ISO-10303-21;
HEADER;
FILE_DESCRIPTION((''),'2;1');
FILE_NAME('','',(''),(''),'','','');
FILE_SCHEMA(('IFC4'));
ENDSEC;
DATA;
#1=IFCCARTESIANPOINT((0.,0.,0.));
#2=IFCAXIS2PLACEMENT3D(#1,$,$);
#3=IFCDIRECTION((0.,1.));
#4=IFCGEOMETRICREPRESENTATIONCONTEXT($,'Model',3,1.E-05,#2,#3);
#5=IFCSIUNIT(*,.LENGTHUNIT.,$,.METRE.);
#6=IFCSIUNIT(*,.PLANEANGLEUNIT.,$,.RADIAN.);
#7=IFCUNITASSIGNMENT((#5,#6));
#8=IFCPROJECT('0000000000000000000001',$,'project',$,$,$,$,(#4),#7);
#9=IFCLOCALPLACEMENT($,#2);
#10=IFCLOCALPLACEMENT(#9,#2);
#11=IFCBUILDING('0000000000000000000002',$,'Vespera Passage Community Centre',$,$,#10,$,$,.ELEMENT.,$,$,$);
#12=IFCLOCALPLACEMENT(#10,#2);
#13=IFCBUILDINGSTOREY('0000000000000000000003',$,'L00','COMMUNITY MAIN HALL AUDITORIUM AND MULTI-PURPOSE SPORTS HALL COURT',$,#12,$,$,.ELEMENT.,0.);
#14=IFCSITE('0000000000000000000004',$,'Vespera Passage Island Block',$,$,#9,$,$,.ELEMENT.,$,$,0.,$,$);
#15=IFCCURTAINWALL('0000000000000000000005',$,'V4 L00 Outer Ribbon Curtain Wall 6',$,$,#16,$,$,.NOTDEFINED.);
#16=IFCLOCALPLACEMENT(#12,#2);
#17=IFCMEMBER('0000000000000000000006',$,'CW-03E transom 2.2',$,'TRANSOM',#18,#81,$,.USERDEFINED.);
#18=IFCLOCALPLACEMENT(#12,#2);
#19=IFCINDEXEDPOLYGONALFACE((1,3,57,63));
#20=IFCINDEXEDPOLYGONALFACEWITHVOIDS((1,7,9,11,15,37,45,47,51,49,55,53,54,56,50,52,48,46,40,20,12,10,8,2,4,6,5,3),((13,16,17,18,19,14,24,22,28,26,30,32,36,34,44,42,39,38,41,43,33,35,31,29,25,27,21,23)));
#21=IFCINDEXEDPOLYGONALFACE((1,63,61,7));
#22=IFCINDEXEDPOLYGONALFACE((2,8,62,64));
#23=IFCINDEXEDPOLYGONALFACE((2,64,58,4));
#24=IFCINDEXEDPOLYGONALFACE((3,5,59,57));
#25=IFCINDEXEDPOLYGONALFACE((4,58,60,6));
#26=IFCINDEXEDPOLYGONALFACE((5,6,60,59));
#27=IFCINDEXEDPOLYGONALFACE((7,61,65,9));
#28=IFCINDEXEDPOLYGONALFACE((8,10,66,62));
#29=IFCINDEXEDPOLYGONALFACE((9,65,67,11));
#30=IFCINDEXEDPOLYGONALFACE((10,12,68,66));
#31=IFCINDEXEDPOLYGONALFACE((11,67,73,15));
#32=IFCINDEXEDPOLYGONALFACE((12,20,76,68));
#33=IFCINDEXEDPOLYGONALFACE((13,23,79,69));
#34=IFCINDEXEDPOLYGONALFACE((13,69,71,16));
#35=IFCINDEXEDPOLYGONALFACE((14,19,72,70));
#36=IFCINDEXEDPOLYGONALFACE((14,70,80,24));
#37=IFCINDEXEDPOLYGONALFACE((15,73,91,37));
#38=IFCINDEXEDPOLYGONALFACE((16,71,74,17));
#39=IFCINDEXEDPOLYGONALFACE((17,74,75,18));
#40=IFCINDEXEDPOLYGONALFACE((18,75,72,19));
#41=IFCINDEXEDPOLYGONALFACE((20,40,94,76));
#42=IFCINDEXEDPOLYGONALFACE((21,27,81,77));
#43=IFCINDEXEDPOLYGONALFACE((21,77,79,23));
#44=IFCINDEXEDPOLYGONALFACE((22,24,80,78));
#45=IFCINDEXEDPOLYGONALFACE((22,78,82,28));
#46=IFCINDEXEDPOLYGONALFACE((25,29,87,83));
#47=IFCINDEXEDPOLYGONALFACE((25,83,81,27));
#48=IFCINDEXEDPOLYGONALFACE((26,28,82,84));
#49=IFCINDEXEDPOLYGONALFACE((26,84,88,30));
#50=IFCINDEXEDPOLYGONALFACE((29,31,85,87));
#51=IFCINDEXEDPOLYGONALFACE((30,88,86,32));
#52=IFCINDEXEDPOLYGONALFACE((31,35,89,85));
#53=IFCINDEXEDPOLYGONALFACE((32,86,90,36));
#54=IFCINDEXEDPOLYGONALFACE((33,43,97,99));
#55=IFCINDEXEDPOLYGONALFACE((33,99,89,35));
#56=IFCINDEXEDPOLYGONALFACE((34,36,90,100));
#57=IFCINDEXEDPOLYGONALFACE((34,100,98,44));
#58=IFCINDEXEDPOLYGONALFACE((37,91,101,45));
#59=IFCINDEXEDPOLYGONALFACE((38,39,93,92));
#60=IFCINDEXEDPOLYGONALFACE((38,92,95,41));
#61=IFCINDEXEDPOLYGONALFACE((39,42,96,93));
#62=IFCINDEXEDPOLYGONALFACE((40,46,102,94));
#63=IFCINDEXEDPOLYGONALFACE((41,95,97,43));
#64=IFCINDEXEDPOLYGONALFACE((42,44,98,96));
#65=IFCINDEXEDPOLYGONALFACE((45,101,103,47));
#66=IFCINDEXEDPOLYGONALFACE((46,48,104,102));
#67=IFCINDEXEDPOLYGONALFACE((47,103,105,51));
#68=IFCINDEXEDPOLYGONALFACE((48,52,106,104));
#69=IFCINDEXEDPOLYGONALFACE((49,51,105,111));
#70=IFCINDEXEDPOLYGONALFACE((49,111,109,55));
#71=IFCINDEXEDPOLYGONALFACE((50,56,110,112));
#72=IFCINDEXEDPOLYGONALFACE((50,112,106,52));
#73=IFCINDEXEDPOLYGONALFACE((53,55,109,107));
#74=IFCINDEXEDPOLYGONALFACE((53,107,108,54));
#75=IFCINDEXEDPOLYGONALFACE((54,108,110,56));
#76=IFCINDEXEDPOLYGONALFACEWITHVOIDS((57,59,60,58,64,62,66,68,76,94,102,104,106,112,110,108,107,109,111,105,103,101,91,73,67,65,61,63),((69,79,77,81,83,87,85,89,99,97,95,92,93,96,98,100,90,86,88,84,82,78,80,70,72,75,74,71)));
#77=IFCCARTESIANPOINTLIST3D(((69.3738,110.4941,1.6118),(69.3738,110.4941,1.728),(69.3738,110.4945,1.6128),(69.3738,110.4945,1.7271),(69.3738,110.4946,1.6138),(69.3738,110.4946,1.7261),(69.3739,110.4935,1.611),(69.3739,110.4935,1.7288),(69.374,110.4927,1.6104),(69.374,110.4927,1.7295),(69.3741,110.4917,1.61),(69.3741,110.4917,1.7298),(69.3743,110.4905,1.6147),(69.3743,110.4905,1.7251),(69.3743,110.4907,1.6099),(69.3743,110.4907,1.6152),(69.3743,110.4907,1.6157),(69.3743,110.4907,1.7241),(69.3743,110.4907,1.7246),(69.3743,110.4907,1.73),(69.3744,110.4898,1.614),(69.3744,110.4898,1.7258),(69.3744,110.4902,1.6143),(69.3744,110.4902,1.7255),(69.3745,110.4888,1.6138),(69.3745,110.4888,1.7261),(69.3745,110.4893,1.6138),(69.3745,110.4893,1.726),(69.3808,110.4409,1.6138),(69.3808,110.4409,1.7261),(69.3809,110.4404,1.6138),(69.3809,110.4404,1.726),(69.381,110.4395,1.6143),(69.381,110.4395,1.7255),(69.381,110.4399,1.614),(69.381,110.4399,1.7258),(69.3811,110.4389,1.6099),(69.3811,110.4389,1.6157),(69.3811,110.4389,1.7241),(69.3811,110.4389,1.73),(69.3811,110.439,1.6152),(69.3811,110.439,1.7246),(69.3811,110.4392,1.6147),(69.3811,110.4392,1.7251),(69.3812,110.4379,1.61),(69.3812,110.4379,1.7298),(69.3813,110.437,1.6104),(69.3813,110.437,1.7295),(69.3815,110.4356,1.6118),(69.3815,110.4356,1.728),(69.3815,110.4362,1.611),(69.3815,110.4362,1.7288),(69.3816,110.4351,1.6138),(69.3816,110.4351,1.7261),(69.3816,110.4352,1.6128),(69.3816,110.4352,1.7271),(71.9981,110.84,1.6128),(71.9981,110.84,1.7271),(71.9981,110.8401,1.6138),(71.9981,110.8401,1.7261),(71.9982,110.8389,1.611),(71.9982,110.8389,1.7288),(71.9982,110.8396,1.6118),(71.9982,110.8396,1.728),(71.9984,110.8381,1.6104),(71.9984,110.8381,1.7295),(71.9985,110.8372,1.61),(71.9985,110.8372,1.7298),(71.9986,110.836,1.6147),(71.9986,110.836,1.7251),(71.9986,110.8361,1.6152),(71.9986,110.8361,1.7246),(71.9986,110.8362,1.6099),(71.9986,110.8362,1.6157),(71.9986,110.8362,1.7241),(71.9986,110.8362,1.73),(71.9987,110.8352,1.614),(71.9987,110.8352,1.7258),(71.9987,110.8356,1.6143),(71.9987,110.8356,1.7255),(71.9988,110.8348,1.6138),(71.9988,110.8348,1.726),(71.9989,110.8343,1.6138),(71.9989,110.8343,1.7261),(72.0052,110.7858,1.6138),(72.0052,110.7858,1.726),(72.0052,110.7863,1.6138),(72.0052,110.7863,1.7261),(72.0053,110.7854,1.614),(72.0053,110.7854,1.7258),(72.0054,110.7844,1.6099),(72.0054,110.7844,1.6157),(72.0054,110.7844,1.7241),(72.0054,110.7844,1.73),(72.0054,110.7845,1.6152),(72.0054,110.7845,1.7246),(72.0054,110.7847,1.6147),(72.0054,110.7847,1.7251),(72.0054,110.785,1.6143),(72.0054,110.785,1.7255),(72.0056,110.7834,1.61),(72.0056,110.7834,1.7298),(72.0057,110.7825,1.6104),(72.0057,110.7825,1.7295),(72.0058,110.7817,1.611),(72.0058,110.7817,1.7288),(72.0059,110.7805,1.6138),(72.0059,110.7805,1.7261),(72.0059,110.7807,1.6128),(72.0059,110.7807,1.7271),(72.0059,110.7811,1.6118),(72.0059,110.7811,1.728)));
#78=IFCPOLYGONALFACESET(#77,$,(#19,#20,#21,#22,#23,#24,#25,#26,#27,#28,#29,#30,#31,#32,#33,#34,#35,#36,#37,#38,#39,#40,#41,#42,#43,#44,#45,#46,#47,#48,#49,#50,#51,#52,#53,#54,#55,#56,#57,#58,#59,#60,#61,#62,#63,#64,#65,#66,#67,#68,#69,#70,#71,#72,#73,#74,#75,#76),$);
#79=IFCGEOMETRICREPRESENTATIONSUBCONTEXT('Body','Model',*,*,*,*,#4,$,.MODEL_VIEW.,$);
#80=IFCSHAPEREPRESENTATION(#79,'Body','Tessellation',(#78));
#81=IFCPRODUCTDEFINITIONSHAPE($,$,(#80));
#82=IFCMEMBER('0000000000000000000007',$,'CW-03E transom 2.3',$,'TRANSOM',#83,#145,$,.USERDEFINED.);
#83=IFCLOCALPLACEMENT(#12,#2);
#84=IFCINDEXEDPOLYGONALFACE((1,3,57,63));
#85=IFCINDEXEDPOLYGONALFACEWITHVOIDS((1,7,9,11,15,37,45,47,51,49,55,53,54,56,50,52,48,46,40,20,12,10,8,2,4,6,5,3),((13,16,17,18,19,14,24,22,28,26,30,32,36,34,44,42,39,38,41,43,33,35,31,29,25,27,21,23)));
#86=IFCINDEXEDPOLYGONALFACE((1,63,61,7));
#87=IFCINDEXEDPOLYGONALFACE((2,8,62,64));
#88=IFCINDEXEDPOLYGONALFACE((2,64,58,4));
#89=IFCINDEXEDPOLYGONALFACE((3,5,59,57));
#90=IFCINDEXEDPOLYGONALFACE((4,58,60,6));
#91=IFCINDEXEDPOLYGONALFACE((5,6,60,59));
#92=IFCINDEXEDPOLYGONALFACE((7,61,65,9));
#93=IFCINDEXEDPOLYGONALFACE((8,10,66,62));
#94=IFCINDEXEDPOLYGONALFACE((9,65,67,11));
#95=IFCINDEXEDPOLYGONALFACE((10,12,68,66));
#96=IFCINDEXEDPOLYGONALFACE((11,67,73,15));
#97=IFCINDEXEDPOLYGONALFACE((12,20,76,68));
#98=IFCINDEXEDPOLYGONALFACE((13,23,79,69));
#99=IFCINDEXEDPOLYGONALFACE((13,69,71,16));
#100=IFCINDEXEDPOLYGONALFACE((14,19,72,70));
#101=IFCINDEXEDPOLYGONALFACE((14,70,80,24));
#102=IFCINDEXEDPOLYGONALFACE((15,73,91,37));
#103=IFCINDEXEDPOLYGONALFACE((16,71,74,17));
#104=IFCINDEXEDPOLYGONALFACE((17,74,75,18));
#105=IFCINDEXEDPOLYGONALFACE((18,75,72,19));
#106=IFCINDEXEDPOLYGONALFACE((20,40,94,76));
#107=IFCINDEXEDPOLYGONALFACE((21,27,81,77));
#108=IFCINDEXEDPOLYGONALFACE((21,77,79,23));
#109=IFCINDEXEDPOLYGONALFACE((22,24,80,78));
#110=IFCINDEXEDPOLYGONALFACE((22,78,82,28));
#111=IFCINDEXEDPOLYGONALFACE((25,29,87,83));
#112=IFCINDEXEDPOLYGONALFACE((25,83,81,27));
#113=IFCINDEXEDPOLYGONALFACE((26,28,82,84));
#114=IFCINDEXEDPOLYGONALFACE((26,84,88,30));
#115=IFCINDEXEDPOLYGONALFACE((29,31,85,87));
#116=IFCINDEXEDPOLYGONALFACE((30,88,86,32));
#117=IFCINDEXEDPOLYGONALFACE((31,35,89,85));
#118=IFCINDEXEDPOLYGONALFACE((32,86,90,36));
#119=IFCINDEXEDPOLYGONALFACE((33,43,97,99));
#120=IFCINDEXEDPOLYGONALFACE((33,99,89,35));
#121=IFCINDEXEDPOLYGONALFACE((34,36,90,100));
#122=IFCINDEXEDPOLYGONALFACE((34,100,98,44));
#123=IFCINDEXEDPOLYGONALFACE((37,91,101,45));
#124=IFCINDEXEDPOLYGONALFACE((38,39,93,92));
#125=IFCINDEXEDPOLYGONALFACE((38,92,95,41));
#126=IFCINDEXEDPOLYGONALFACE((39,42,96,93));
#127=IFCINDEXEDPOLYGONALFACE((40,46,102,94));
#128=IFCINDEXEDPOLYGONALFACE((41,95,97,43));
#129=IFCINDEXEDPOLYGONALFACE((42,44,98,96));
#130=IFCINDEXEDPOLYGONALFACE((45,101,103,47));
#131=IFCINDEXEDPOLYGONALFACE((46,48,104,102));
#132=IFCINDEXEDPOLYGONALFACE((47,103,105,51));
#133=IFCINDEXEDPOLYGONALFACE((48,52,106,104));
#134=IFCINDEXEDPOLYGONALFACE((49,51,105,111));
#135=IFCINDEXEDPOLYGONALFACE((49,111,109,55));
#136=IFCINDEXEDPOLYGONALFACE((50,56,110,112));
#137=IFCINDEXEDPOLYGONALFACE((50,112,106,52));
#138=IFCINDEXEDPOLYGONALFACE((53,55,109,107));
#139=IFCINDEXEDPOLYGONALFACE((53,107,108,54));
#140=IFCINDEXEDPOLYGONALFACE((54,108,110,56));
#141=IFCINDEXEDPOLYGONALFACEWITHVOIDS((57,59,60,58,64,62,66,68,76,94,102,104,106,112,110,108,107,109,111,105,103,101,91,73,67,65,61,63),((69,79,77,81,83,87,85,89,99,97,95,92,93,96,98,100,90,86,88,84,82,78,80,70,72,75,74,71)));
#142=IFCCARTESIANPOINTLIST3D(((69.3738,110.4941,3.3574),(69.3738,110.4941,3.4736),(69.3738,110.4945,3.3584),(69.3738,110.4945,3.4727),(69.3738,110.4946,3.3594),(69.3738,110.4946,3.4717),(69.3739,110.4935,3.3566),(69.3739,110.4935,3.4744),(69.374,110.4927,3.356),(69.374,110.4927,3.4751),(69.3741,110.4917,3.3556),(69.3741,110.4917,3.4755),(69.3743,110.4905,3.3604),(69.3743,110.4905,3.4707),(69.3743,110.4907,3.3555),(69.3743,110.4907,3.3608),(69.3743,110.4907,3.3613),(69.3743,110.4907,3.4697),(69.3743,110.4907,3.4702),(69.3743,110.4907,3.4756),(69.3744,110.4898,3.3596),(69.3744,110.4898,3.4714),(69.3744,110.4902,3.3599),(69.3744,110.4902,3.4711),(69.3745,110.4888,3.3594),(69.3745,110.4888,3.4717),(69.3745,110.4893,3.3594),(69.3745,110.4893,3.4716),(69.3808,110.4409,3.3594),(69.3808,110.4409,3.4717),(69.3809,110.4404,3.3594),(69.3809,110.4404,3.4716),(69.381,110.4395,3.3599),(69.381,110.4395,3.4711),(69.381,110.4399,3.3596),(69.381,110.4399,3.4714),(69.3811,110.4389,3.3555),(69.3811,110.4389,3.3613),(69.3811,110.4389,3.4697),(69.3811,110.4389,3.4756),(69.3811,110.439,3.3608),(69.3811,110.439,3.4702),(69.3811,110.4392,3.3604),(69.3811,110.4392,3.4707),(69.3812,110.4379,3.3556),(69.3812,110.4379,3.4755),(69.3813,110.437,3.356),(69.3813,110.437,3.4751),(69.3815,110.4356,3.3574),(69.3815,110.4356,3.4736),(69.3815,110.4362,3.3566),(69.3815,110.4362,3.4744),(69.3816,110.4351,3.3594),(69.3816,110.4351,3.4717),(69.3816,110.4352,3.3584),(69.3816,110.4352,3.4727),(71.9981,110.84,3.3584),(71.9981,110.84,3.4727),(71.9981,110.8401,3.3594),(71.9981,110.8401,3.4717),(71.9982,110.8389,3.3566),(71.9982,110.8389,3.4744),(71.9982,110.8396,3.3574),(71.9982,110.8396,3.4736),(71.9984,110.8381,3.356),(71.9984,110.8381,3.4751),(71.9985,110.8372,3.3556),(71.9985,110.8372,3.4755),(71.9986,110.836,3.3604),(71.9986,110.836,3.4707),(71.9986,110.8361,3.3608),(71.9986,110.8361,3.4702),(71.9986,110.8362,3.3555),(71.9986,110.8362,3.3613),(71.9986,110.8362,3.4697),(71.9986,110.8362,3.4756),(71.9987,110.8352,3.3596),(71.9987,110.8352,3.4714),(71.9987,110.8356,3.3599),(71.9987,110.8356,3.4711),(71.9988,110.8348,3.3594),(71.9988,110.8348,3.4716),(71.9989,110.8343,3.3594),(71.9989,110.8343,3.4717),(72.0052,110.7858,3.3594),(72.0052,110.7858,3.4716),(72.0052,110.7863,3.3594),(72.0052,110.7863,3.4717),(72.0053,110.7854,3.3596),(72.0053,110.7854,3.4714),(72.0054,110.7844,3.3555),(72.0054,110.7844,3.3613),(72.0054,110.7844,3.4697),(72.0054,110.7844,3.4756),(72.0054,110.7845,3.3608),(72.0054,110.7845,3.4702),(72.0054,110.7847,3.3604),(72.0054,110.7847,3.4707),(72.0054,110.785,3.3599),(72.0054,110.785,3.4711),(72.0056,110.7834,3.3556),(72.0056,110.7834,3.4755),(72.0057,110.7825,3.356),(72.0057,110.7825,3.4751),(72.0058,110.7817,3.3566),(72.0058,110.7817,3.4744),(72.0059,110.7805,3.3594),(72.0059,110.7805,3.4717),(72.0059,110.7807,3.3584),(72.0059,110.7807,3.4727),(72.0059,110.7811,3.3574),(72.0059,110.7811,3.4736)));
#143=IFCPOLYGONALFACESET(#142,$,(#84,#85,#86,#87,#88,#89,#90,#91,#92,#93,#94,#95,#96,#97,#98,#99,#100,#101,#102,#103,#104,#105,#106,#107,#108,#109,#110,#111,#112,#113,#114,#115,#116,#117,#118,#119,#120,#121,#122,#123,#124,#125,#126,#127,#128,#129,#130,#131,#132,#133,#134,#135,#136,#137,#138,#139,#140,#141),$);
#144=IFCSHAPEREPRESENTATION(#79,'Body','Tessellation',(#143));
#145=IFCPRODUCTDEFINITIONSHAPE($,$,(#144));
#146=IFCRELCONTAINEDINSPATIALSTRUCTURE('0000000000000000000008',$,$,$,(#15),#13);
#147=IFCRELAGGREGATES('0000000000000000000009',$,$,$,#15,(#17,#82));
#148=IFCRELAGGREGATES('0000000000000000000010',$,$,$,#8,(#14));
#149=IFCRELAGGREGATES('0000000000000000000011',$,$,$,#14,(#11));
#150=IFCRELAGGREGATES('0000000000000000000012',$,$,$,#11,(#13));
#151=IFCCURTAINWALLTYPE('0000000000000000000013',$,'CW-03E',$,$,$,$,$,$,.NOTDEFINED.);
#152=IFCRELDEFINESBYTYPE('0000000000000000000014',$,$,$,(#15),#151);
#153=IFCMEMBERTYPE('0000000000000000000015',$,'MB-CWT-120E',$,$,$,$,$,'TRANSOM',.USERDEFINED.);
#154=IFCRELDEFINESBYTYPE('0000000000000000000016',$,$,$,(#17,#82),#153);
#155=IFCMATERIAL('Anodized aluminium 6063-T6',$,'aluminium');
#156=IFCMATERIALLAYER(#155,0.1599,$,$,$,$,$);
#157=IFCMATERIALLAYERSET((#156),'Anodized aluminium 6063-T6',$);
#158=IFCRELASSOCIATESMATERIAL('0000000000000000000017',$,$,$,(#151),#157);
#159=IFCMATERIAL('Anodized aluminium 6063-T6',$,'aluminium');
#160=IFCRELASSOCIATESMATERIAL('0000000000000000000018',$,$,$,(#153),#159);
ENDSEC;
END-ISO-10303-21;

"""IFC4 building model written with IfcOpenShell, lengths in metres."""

from ifc_helpers import new_model, si_unit, direction, frame, origin, origin_2d, place, context, subcontext, project, spatial, hollow_rectangle, extrude, material, layer, layer_set, material_profile, profile_set, type_object, element, aggregate, save


model = new_model("IFC4")

# Units and contexts
model_context = context("Model", 3, precision=1e-05, world=origin(), true_north=direction((0.0, 1.0)))
body_context = subcontext(model_context, "Body", "Model", "MODEL_VIEW")
ifc_project = project(units=[si_unit("LENGTHUNIT", "METRE"), si_unit("PLANEANGLEUNIT", "RADIAN")], contexts=[model_context])

# Site, building, storey
site_placement = place(None, origin())
site = spatial("IfcSite", under=ifc_project, at=site_placement, Name="Vespera Passage Island Block", CompositionType="ELEMENT", RefElevation=0.0)
building_placement = place(site_placement, origin())
building = spatial("IfcBuilding", under=site, at=building_placement, Name="Vespera Passage Community Centre", CompositionType="ELEMENT")
storey_placement = place(building_placement, origin())
storey = spatial("IfcBuildingStorey", under=building, at=storey_placement, Name="L00", Description="COMMUNITY MAIN HALL AUDITORIUM AND MULTI-PURPOSE SPORTS HALL COURT", CompositionType="ELEMENT", Elevation=0.0)

# Curtain wall
ifc_material_1 = material(Name="Anodized aluminium 6063-T6", Category="aluminium")
ifc_layer_1 = layer(ifc_material_1, 0.1599)
ifc_layer_set_1 = layer_set([ifc_layer_1], Name="Anodized aluminium 6063-T6")
curtain_wall_type_1 = type_object("IfcCurtainWallType", Name="CW-03E", PredefinedType="NOTDEFINED", material=ifc_layer_set_1)
curtain_wall_1_placement = place(storey_placement, origin())
curtain_wall_1 = element("IfcCurtainWall", 1, at=curtain_wall_1_placement, inside=storey, type_object=curtain_wall_type_1, Name="V4 L00 Outer Ribbon Curtain Wall 6", PredefinedType="NOTDEFINED")

# Members
ifc_material_2 = material(Name="Anodized aluminium 6063-T6", Category="aluminium")
ifc_material_profile_1 = material_profile(ifc_material_2, hollow_rectangle(XDim=0.0601, YDim=0.1201, WallThickness=0.0039, InnerFilletRadius=0.002, OuterFilletRadius=0.0039, at=origin_2d()), Name="ALU120X60X4")
ifc_profile_set_1 = profile_set([ifc_material_profile_1], Name="Anodized aluminium 6063-T6")
member_type_1 = type_object("IfcMemberType", Name="MB-CWT-120E", ElementType="TRANSOM", PredefinedType="USERDEFINED", material=ifc_profile_set_1)
member_1_placement = place(storey_placement, frame((69.3777, 110.4648, 1.6699), z_axis=(0.991446, 0.130514, 0.0), x_axis=(-0.130514, 0.991446, 0.0)))
member_1 = element("IfcMember", 2, at=member_1_placement, type_object=member_type_1, Name="CW-03E transom 2.2", ObjectType="TRANSOM", PredefinedType="USERDEFINED", context=body_context, shape_type="SweptSolid", body=[
    extrude(hollow_rectangle(XDim=0.0601, YDim=0.1201, WallThickness=0.0039, InnerFilletRadius=0.002, OuterFilletRadius=0.0039, at=origin_2d()), origin(), (0.0, 0.0, 1.0), 2.647),
])
member_2_placement = place(storey_placement, frame((69.3777, 110.4648, 3.4155), z_axis=(0.991446, 0.130514, 0.0), x_axis=(-0.130514, 0.991446, 0.0)))
member_2 = element("IfcMember", 3, at=member_2_placement, type_object=member_type_1, Name="CW-03E transom 2.3", ObjectType="TRANSOM", PredefinedType="USERDEFINED", context=body_context, shape_type="SweptSolid", body=[
    extrude(hollow_rectangle(XDim=0.0601, YDim=0.1201, WallThickness=0.0039, InnerFilletRadius=0.002, OuterFilletRadius=0.0039, at=origin_2d()), origin(), (0.0, 0.0, 1.0), 2.647),
])

aggregate(curtain_wall_1, [member_1, member_2])

save(model, "model.ifc")
